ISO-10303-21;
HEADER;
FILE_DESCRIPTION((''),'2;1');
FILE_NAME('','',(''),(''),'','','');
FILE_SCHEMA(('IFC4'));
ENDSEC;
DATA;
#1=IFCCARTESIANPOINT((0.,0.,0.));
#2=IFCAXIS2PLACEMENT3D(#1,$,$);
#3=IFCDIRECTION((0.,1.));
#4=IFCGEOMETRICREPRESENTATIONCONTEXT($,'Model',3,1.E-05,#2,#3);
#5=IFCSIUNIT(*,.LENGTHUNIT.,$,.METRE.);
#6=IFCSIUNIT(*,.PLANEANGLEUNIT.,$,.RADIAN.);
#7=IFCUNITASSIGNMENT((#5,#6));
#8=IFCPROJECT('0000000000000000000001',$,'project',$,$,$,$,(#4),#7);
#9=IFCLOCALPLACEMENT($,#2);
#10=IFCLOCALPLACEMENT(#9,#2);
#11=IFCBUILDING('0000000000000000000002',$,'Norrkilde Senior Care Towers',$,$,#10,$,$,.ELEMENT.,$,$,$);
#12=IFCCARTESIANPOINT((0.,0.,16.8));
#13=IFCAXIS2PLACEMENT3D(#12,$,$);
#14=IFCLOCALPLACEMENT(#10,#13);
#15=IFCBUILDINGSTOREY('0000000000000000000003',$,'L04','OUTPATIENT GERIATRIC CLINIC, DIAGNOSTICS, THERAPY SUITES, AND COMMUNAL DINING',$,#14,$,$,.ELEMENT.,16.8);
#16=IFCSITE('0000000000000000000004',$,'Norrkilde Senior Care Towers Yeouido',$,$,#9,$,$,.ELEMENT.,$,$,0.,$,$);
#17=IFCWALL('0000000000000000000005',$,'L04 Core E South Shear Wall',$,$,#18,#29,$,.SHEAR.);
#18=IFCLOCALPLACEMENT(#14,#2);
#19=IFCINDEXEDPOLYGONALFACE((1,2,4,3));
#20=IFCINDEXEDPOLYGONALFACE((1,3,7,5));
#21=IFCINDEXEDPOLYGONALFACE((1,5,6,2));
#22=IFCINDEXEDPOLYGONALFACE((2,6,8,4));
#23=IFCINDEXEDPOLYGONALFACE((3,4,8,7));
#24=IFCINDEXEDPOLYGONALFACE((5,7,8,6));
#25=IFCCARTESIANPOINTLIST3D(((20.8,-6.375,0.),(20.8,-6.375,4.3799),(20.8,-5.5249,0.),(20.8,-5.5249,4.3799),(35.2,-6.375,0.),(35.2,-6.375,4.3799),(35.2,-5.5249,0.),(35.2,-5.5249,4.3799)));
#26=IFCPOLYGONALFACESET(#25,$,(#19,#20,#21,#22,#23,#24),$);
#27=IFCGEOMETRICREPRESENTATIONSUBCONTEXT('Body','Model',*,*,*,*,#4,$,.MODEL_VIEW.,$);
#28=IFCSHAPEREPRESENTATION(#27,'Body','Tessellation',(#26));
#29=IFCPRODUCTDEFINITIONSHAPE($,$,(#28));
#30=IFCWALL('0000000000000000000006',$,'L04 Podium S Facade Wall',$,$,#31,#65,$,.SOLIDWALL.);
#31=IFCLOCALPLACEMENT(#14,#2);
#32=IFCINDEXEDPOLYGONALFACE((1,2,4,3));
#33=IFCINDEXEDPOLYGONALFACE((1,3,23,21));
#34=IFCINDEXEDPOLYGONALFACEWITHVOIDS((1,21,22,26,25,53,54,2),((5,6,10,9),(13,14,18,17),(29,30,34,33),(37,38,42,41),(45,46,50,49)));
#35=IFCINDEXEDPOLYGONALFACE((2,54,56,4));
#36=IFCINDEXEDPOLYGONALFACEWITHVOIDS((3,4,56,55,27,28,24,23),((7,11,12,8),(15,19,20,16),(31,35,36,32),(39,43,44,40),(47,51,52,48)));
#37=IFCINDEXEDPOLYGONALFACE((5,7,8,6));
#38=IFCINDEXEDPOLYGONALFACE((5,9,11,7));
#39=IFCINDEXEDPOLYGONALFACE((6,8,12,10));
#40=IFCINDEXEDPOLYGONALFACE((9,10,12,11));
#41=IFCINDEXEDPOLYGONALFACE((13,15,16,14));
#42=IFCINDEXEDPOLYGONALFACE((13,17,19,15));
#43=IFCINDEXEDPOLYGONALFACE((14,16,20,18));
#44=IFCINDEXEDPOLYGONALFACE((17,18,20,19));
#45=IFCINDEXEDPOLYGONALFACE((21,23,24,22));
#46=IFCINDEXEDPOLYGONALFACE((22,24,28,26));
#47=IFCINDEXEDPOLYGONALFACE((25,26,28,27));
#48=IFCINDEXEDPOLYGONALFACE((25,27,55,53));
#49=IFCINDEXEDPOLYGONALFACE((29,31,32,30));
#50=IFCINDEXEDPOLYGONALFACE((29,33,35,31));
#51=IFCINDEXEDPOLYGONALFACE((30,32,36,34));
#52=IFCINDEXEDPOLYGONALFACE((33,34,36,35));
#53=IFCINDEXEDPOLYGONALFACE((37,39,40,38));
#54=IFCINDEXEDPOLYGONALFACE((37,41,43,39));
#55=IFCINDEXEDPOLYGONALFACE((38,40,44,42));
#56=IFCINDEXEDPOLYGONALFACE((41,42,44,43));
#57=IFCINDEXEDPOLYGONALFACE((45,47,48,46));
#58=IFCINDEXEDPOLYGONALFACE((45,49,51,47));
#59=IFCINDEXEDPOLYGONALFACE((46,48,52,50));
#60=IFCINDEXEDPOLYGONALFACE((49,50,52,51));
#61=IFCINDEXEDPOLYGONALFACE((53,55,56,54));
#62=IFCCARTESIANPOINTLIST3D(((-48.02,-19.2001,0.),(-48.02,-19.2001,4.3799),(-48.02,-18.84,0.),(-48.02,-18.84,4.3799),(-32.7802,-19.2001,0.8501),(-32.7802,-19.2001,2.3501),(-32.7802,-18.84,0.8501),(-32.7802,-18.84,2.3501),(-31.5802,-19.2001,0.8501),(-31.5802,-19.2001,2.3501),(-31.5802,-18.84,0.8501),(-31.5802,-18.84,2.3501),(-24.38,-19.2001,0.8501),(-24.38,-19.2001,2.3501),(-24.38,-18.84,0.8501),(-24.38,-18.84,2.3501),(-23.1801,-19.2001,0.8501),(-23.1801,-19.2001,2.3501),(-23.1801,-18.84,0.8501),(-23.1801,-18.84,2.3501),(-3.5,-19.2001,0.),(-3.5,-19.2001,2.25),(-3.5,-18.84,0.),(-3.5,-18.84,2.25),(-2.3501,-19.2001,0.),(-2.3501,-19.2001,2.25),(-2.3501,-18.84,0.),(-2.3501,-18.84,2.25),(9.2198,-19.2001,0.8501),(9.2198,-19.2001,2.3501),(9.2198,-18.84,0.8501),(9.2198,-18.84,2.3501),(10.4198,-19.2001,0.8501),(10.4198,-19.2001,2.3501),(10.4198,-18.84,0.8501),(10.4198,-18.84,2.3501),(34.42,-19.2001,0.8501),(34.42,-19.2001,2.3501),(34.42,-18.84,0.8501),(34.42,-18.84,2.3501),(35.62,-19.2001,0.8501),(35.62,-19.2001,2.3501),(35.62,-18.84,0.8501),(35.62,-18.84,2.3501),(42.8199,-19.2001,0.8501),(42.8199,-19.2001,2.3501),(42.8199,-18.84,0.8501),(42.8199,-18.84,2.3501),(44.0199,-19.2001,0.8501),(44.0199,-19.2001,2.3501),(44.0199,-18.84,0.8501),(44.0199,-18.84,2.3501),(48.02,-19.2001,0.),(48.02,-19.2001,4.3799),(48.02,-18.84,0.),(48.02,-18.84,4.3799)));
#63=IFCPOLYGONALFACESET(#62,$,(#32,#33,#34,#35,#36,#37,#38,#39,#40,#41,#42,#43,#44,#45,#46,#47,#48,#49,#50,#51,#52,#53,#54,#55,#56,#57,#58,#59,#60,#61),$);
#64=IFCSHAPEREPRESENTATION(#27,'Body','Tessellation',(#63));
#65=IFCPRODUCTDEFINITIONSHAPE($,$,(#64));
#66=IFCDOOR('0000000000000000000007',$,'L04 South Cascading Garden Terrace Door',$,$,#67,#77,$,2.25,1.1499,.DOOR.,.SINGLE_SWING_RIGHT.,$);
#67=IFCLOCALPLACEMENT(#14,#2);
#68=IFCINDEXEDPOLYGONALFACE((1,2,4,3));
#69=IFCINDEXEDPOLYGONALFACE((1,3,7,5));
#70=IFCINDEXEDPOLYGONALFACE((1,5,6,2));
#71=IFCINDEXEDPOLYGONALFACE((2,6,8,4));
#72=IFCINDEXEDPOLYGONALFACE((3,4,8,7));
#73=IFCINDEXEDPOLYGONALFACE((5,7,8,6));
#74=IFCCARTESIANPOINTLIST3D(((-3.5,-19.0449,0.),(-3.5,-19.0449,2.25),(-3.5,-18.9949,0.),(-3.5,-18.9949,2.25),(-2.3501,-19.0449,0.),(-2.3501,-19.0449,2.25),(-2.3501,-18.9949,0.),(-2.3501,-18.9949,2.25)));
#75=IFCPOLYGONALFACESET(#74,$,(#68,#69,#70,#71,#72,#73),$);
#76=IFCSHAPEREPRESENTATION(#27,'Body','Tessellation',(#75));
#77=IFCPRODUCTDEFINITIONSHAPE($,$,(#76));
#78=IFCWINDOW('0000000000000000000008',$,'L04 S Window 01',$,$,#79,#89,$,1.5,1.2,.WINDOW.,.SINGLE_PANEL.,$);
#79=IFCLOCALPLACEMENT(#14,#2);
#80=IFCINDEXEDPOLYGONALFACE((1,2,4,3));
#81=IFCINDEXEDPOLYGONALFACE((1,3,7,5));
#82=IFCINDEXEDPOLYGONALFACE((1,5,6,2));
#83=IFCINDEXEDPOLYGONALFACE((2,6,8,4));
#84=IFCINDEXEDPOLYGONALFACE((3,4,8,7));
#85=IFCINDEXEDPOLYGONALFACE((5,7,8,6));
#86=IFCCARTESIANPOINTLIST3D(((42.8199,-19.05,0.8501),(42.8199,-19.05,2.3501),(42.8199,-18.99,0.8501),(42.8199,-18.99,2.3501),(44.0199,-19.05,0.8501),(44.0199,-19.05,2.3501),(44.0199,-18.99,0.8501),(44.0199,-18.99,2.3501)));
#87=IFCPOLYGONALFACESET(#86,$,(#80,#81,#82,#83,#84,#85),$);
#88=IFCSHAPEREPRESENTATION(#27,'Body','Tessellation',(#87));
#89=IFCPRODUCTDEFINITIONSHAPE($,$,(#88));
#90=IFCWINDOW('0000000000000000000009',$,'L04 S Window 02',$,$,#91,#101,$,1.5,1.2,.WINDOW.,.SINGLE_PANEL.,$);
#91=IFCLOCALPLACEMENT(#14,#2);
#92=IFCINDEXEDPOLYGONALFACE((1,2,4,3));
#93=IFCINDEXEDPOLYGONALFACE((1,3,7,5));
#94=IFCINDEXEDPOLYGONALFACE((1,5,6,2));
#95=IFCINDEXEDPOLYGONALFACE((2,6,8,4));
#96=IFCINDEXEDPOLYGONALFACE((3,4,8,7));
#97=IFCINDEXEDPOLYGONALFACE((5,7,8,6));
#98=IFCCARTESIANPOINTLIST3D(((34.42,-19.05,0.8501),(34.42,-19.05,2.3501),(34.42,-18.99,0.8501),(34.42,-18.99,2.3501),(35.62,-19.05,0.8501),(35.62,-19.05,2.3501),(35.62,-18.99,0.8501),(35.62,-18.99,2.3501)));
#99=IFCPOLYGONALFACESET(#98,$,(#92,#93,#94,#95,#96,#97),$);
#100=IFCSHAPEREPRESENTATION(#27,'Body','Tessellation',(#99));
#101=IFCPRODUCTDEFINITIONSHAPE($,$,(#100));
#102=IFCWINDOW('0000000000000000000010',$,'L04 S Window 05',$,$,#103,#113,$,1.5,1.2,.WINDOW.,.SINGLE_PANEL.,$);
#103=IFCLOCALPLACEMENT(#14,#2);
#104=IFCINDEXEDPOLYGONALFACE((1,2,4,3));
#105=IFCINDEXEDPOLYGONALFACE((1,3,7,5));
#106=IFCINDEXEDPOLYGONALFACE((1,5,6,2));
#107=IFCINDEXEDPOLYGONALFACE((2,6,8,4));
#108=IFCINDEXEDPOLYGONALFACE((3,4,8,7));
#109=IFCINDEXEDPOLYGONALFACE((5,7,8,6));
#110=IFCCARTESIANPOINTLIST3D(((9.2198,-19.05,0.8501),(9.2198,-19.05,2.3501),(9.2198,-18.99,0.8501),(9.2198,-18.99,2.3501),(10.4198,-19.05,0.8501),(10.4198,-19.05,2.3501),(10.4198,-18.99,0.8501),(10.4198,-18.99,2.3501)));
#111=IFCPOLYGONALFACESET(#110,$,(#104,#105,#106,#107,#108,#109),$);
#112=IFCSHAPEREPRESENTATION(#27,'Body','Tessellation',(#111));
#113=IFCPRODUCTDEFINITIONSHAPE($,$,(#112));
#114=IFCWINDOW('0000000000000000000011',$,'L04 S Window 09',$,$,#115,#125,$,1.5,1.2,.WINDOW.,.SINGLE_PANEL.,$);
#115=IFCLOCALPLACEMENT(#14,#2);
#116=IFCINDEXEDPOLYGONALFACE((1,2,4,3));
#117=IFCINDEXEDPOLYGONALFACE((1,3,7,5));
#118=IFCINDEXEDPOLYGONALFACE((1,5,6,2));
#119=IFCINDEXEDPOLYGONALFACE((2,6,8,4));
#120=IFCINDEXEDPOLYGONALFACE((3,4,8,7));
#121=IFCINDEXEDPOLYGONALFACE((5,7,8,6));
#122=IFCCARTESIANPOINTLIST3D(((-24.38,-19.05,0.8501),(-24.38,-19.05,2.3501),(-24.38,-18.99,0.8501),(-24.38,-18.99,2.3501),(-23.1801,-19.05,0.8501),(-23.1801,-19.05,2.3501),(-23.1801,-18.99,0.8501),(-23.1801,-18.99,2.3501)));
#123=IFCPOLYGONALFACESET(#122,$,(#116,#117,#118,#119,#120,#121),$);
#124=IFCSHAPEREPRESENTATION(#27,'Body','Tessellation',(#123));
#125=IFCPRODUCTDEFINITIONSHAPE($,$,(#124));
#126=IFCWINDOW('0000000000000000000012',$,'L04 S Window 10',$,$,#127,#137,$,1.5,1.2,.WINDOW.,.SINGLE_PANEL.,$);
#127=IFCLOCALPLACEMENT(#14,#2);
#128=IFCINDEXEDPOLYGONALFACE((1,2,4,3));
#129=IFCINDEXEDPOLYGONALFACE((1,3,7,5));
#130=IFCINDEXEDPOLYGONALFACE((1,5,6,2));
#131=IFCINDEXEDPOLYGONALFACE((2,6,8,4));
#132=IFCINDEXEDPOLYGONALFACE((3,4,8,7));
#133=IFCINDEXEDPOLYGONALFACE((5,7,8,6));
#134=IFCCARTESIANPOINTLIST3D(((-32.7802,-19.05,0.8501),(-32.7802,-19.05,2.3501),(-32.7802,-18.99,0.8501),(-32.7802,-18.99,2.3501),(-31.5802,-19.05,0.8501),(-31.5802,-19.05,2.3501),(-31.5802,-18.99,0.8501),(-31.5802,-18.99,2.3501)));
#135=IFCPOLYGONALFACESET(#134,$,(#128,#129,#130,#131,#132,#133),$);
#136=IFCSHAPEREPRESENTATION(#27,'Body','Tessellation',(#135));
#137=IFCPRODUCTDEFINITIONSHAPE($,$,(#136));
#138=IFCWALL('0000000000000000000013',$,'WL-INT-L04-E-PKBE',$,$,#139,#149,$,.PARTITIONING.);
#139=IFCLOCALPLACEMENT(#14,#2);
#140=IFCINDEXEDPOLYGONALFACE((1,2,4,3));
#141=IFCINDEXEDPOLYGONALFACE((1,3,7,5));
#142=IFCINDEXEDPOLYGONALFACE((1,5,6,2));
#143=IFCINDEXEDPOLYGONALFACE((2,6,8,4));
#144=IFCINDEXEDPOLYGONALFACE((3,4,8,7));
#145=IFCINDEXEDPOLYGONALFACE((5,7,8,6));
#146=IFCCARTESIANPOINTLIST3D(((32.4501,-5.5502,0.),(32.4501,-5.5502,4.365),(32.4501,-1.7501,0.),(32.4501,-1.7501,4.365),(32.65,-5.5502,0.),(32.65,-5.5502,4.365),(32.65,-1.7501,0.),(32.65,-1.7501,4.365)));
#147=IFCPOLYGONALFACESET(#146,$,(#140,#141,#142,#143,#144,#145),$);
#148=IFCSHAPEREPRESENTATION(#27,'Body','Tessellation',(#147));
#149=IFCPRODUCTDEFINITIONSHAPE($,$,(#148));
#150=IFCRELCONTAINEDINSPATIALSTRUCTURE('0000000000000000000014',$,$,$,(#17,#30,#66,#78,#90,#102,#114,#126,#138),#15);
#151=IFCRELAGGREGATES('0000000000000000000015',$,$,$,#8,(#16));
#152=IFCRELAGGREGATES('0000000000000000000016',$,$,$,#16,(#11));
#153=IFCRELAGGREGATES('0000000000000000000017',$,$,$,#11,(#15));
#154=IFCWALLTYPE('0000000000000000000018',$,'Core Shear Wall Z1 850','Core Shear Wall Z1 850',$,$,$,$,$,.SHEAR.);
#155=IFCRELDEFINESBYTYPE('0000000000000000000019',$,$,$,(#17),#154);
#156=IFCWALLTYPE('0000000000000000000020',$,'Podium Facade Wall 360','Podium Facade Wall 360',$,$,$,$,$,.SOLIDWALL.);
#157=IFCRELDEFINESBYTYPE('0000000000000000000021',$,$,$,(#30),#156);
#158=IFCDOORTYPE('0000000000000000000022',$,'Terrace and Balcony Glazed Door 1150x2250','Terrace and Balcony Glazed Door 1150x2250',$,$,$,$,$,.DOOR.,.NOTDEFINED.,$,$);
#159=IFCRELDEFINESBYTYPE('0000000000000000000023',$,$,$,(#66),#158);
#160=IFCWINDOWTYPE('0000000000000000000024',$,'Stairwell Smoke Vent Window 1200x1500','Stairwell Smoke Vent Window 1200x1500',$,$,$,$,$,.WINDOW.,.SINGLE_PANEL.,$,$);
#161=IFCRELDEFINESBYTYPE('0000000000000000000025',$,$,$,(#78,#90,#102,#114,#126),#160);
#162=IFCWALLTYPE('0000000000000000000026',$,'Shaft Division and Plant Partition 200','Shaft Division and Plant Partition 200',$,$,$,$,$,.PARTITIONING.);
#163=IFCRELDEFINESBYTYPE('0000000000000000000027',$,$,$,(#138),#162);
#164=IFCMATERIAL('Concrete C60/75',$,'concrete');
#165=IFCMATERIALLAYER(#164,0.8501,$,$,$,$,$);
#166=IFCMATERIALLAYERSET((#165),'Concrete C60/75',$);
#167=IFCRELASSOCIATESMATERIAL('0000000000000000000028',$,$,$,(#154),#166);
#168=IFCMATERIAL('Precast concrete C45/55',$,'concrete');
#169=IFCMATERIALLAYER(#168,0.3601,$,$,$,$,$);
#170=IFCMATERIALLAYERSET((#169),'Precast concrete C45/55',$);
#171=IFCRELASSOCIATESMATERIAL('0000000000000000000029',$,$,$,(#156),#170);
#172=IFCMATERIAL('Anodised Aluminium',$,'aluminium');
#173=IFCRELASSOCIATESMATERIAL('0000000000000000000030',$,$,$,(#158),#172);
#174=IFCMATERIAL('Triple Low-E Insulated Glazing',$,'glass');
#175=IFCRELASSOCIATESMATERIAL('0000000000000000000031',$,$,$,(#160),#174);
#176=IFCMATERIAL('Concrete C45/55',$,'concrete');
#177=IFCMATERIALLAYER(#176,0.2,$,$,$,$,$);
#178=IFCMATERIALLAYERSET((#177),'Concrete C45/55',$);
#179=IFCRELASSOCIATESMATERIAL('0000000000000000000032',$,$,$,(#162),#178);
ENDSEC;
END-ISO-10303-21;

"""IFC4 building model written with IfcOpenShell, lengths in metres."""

from ifc_helpers import new_model, si_unit, direction, frame, frame_2d, origin, place, context, subcontext, project, spatial, rectangle, extrude, source, transform, mapped, material, layer, layer_set, type_object, type_shapes, element, fill, save


model = new_model("IFC4")

# Units and contexts
model_context = context("Model", 3, precision=1e-05, world=origin(), true_north=direction((0.0, 1.0)))
body_context = subcontext(model_context, "Body", "Model", "MODEL_VIEW")
ifc_project = project(units=[si_unit("LENGTHUNIT", "METRE"), si_unit("PLANEANGLEUNIT", "RADIAN")], contexts=[model_context])

# Site, building, storey
site_placement = place(None, origin())
site = spatial("IfcSite", under=ifc_project, at=site_placement, Name="Norrkilde Senior Care Towers Yeouido", CompositionType="ELEMENT", RefElevation=0.0)
building_placement = place(site_placement, origin())
building = spatial("IfcBuilding", under=site, at=building_placement, Name="Norrkilde Senior Care Towers", CompositionType="ELEMENT")
storey_placement = place(building_placement, frame((0.0, 0.0, 16.8)))
storey = spatial("IfcBuildingStorey", under=building, at=storey_placement, Name="L04", Description="OUTPATIENT GERIATRIC CLINIC, DIAGNOSTICS, THERAPY SUITES, AND COMMUNAL DINING", CompositionType="ELEMENT", Elevation=16.8)

# Shared definitions
ifc_material_1 = material(Name="Concrete C60/75", Category="concrete")

# Wall
ifc_layer_1 = layer(ifc_material_1, 0.8501)
ifc_layer_set_1 = layer_set([ifc_layer_1], Name="Concrete C60/75")
wall_type_1 = type_object("IfcWallType", Name="Core Shear Wall Z1 850", Description="Core Shear Wall Z1 850", PredefinedType="SHEAR", material=ifc_layer_set_1)
shared_shape_1 = source(origin(), body_context, "Body", "SweptSolid", [
    extrude(rectangle(XDim=14.3999, YDim=0.8501, at=frame_2d((7.2, 0.0))), origin(), (0.0, 0.0, 1.0), 4.3799),
])
type_shapes(wall_type_1, [shared_shape_1])
wall_1_placement = place(storey_placement, frame((35.2, -5.95, 0.0), z_axis=(0.0, 0.0, 1.0), x_axis=(-1.0, 0.0, 0.0)))
element("IfcWall", 1, at=wall_1_placement, inside=storey, type_object=wall_type_1, Name="L04 Core E South Shear Wall", PredefinedType="SHEAR", context=body_context, shape_type="MappedRepresentation", body=[
    mapped(shared_shape_1, transform((0.0, 0.0, 0.0), x_axis=(1.0, 0.0, 0.0), y_axis=(0.0, 1.0, 0.0), z_axis=(0.0, 0.0, 1.0), scale=1.0)),
])

# Wall, openings, door, windows
ifc_material_2 = material(Name="Precast concrete C45/55", Category="concrete")
ifc_layer_2 = layer(ifc_material_2, 0.3601)
ifc_layer_set_2 = layer_set([ifc_layer_2], Name="Precast concrete C45/55")
wall_type_2 = type_object("IfcWallType", Name="Podium Facade Wall 360", Description="Podium Facade Wall 360", PredefinedType="SOLIDWALL", material=ifc_layer_set_2)
shared_shape_2 = source(origin(), body_context, "Body", "SweptSolid", [
    extrude(rectangle(XDim=96.04, YDim=0.3601, at=frame_2d((48.02, 0.0))), origin(), (0.0, 0.0, 1.0), 4.3799),
])
type_shapes(wall_type_2, [shared_shape_2])
wall_2_placement = place(storey_placement, frame((48.02, -19.02, 0.0), z_axis=(0.0, 0.0, 1.0), x_axis=(-1.0, 0.0, 0.0)))
wall_2 = element("IfcWall", 2, at=wall_2_placement, inside=storey, type_object=wall_type_2, Name="L04 Podium S Facade Wall", PredefinedType="SOLIDWALL", context=body_context, shape_type="MappedRepresentation", body=[
    mapped(shared_shape_2, transform((0.0, 0.0, 0.0), x_axis=(1.0, 0.0, 0.0), y_axis=(0.0, 1.0, 0.0), z_axis=(0.0, 0.0, 1.0), scale=1.0)),
])
opening_1_placement = place(wall_2_placement, frame((50.3701, 0.0, 0.0)))
opening_1 = element("IfcOpeningElement", 3, at=opening_1_placement, cuts=wall_2, PredefinedType="OPENING", context=body_context, shape_type="SweptSolid", body=[
    extrude(rectangle(XDim=1.1499, YDim=2.25, at=frame_2d((0.575, 1.125))), frame((0.0, 0.1899, 0.0), z_axis=(0.0, -1.0, 0.0), x_axis=(1.0, 0.0, 0.0)), (0.0, 0.0, 1.0), 0.3801),
])
opening_2_placement = place(wall_2_placement, frame((4.0, 0.0, 0.8501)))
opening_2 = element("IfcOpeningElement", 4, at=opening_2_placement, cuts=wall_2, PredefinedType="OPENING", context=body_context, shape_type="SweptSolid", body=[
    extrude(rectangle(XDim=1.2, YDim=1.5, at=frame_2d((0.6001, 0.75))), frame((0.0, 0.1899, 0.0), z_axis=(0.0, -1.0, 0.0), x_axis=(1.0, 0.0, 0.0)), (0.0, 0.0, 1.0), 0.3801),
])
opening_3_placement = place(wall_2_placement, frame((12.3999, 0.0, 0.8501)))
opening_3 = element("IfcOpeningElement", 5, at=opening_3_placement, cuts=wall_2, PredefinedType="OPENING", context=body_context, shape_type="SweptSolid", body=[
    extrude(rectangle(XDim=1.2, YDim=1.5, at=frame_2d((0.6001, 0.75))), frame((0.0, 0.1899, 0.0), z_axis=(0.0, -1.0, 0.0), x_axis=(1.0, 0.0, 0.0)), (0.0, 0.0, 1.0), 0.3801),
])
opening_4_placement = place(wall_2_placement, frame((37.6001, 0.0, 0.8501)))
opening_4 = element("IfcOpeningElement", 6, at=opening_4_placement, cuts=wall_2, PredefinedType="OPENING", context=body_context, shape_type="SweptSolid", body=[
    extrude(rectangle(XDim=1.2, YDim=1.5, at=frame_2d((0.6001, 0.75))), frame((0.0, 0.1899, 0.0), z_axis=(0.0, -1.0, 0.0), x_axis=(1.0, 0.0, 0.0)), (0.0, 0.0, 1.0), 0.3801),
])
opening_5_placement = place(wall_2_placement, frame((71.2, 0.0, 0.8501)))
opening_5 = element("IfcOpeningElement", 7, at=opening_5_placement, cuts=wall_2, PredefinedType="OPENING", context=body_context, shape_type="SweptSolid", body=[
    extrude(rectangle(XDim=1.2, YDim=1.5, at=frame_2d((0.6001, 0.75))), frame((0.0, 0.1899, 0.0), z_axis=(0.0, -1.0, 0.0), x_axis=(1.0, 0.0, 0.0)), (0.0, 0.0, 1.0), 0.3801),
])
opening_6_placement = place(wall_2_placement, frame((79.6001, 0.0, 0.8501)))
opening_6 = element("IfcOpeningElement", 8, at=opening_6_placement, cuts=wall_2, PredefinedType="OPENING", context=body_context, shape_type="SweptSolid", body=[
    extrude(rectangle(XDim=1.2, YDim=1.5, at=frame_2d((0.6001, 0.75))), frame((0.0, 0.1899, 0.0), z_axis=(0.0, -1.0, 0.0), x_axis=(1.0, 0.0, 0.0)), (0.0, 0.0, 1.0), 0.3801),
])
ifc_material_3 = material(Name="Anodised Aluminium", Category="aluminium")
door_type_1 = type_object("IfcDoorType", Name="Terrace and Balcony Glazed Door 1150x2250", Description="Terrace and Balcony Glazed Door 1150x2250", OperationType="NOTDEFINED", PredefinedType="DOOR", material=ifc_material_3)
shared_shape_3 = source(origin(), body_context, "Body", "SweptSolid", [
    extrude(rectangle(XDim=1.1499, YDim=2.25, at=frame_2d((0.575, 1.125))), frame((0.0, 0.0249, 0.0), z_axis=(0.0, -1.0, 0.0), x_axis=(1.0, 0.0, 0.0)), (0.0, 0.0, 1.0), 0.05),
])
type_shapes(door_type_1, [shared_shape_3])
door_1_placement = place(opening_1_placement, origin())
door_1 = element("IfcDoor", 9, at=door_1_placement, inside=storey, type_object=door_type_1, Name="L04 South Cascading Garden Terrace Door", OperationType="SINGLE_SWING_RIGHT", OverallHeight=2.25, OverallWidth=1.1499, PredefinedType="DOOR", context=body_context, shape_type="MappedRepresentation", body=[
    mapped(shared_shape_3, transform((0.0, 0.0, 0.0), x_axis=(1.0, 0.0, 0.0), y_axis=(0.0, 1.0, 0.0), z_axis=(0.0, 0.0, 1.0), scale=1.0)),
])
fill(opening_1, door_1)
ifc_material_4 = material(Name="Triple Low-E Insulated Glazing", Category="glass")
window_type = type_object("IfcWindowType", Name="Stairwell Smoke Vent Window 1200x1500", Description="Stairwell Smoke Vent Window 1200x1500", PartitioningType="SINGLE_PANEL", PredefinedType="WINDOW", material=ifc_material_4)
shared_shape_4 = source(origin(), body_context, "Body", "SweptSolid", [
    extrude(rectangle(XDim=1.2, YDim=1.5, at=frame_2d((0.6001, 0.75))), frame((0.0, 0.03, 0.0), z_axis=(0.0, -1.0, 0.0), x_axis=(1.0, 0.0, 0.0)), (0.0, 0.0, 1.0), 0.0601),
])
type_shapes(window_type, [shared_shape_4])
window_1_placement = place(opening_2_placement, origin())
window_1 = element("IfcWindow", 10, at=window_1_placement, inside=storey, type_object=window_type, Name="L04 S Window 01", OverallHeight=1.5, OverallWidth=1.2, PartitioningType="SINGLE_PANEL", PredefinedType="WINDOW", context=body_context, shape_type="MappedRepresentation", body=[
    mapped(shared_shape_4, transform((0.0, 0.0, 0.0), x_axis=(1.0, 0.0, 0.0), y_axis=(0.0, 1.0, 0.0), z_axis=(0.0, 0.0, 1.0), scale=1.0)),
])
fill(opening_2, window_1)
window_2_placement = place(opening_3_placement, origin())
window_2 = element("IfcWindow", 11, at=window_2_placement, inside=storey, type_object=window_type, Name="L04 S Window 02", OverallHeight=1.5, OverallWidth=1.2, PartitioningType="SINGLE_PANEL", PredefinedType="WINDOW", context=body_context, shape_type="MappedRepresentation", body=[
    mapped(shared_shape_4, transform((0.0, 0.0, 0.0), x_axis=(1.0, 0.0, 0.0), y_axis=(0.0, 1.0, 0.0), z_axis=(0.0, 0.0, 1.0), scale=1.0)),
])
fill(opening_3, window_2)
window_3_placement = place(opening_4_placement, origin())
window_3 = element("IfcWindow", 12, at=window_3_placement, inside=storey, type_object=window_type, Name="L04 S Window 05", OverallHeight=1.5, OverallWidth=1.2, PartitioningType="SINGLE_PANEL", PredefinedType="WINDOW", context=body_context, shape_type="MappedRepresentation", body=[
    mapped(shared_shape_4, transform((0.0, 0.0, 0.0), x_axis=(1.0, 0.0, 0.0), y_axis=(0.0, 1.0, 0.0), z_axis=(0.0, 0.0, 1.0), scale=1.0)),
])
fill(opening_4, window_3)
window_4_placement = place(opening_5_placement, origin())
window_4 = element("IfcWindow", 13, at=window_4_placement, inside=storey, type_object=window_type, Name="L04 S Window 09", OverallHeight=1.5, OverallWidth=1.2, PartitioningType="SINGLE_PANEL", PredefinedType="WINDOW", context=body_context, shape_type="MappedRepresentation", body=[
    mapped(shared_shape_4, transform((0.0, 0.0, 0.0), x_axis=(1.0, 0.0, 0.0), y_axis=(0.0, 1.0, 0.0), z_axis=(0.0, 0.0, 1.0), scale=1.0)),
])
fill(opening_5, window_4)
window_5_placement = place(opening_6_placement, origin())
window_5 = element("IfcWindow", 14, at=window_5_placement, inside=storey, type_object=window_type, Name="L04 S Window 10", OverallHeight=1.5, OverallWidth=1.2, PartitioningType="SINGLE_PANEL", PredefinedType="WINDOW", context=body_context, shape_type="MappedRepresentation", body=[
    mapped(shared_shape_4, transform((0.0, 0.0, 0.0), x_axis=(1.0, 0.0, 0.0), y_axis=(0.0, 1.0, 0.0), z_axis=(0.0, 0.0, 1.0), scale=1.0)),
])
fill(opening_6, window_5)

# Wall
ifc_material_5 = material(Name="Concrete C45/55", Category="concrete")
ifc_layer_3 = layer(ifc_material_5, 0.2)
ifc_layer_set_3 = layer_set([ifc_layer_3], Name="Concrete C45/55")
wall_type_3 = type_object("IfcWallType", Name="Shaft Division and Plant Partition 200", Description="Shaft Division and Plant Partition 200", PredefinedType="PARTITIONING", material=ifc_layer_set_3)
shared_shape_5 = source(origin(), body_context, "Body", "SweptSolid", [
    extrude(rectangle(XDim=3.8, YDim=0.2, at=frame_2d((1.8999, 0.0))), origin(), (0.0, 0.0, 1.0), 4.365),
])
type_shapes(wall_type_3, [shared_shape_5])
wall_3_placement = place(storey_placement, frame((32.55, -5.55, 0.0), z_axis=(0.0, 0.0, 1.0), x_axis=(0.0, 1.0, 0.0)))
element("IfcWall", 15, at=wall_3_placement, inside=storey, type_object=wall_type_3, Name="WL-INT-L04-E-PKBE", PredefinedType="PARTITIONING", context=body_context, shape_type="MappedRepresentation", body=[
    mapped(shared_shape_5, transform((0.0, 0.0, 0.0), x_axis=(1.0, 0.0, 0.0), y_axis=(0.0, 1.0, 0.0), z_axis=(0.0, 0.0, 1.0), scale=1.0)),
])

save(model, "model.ifc")
